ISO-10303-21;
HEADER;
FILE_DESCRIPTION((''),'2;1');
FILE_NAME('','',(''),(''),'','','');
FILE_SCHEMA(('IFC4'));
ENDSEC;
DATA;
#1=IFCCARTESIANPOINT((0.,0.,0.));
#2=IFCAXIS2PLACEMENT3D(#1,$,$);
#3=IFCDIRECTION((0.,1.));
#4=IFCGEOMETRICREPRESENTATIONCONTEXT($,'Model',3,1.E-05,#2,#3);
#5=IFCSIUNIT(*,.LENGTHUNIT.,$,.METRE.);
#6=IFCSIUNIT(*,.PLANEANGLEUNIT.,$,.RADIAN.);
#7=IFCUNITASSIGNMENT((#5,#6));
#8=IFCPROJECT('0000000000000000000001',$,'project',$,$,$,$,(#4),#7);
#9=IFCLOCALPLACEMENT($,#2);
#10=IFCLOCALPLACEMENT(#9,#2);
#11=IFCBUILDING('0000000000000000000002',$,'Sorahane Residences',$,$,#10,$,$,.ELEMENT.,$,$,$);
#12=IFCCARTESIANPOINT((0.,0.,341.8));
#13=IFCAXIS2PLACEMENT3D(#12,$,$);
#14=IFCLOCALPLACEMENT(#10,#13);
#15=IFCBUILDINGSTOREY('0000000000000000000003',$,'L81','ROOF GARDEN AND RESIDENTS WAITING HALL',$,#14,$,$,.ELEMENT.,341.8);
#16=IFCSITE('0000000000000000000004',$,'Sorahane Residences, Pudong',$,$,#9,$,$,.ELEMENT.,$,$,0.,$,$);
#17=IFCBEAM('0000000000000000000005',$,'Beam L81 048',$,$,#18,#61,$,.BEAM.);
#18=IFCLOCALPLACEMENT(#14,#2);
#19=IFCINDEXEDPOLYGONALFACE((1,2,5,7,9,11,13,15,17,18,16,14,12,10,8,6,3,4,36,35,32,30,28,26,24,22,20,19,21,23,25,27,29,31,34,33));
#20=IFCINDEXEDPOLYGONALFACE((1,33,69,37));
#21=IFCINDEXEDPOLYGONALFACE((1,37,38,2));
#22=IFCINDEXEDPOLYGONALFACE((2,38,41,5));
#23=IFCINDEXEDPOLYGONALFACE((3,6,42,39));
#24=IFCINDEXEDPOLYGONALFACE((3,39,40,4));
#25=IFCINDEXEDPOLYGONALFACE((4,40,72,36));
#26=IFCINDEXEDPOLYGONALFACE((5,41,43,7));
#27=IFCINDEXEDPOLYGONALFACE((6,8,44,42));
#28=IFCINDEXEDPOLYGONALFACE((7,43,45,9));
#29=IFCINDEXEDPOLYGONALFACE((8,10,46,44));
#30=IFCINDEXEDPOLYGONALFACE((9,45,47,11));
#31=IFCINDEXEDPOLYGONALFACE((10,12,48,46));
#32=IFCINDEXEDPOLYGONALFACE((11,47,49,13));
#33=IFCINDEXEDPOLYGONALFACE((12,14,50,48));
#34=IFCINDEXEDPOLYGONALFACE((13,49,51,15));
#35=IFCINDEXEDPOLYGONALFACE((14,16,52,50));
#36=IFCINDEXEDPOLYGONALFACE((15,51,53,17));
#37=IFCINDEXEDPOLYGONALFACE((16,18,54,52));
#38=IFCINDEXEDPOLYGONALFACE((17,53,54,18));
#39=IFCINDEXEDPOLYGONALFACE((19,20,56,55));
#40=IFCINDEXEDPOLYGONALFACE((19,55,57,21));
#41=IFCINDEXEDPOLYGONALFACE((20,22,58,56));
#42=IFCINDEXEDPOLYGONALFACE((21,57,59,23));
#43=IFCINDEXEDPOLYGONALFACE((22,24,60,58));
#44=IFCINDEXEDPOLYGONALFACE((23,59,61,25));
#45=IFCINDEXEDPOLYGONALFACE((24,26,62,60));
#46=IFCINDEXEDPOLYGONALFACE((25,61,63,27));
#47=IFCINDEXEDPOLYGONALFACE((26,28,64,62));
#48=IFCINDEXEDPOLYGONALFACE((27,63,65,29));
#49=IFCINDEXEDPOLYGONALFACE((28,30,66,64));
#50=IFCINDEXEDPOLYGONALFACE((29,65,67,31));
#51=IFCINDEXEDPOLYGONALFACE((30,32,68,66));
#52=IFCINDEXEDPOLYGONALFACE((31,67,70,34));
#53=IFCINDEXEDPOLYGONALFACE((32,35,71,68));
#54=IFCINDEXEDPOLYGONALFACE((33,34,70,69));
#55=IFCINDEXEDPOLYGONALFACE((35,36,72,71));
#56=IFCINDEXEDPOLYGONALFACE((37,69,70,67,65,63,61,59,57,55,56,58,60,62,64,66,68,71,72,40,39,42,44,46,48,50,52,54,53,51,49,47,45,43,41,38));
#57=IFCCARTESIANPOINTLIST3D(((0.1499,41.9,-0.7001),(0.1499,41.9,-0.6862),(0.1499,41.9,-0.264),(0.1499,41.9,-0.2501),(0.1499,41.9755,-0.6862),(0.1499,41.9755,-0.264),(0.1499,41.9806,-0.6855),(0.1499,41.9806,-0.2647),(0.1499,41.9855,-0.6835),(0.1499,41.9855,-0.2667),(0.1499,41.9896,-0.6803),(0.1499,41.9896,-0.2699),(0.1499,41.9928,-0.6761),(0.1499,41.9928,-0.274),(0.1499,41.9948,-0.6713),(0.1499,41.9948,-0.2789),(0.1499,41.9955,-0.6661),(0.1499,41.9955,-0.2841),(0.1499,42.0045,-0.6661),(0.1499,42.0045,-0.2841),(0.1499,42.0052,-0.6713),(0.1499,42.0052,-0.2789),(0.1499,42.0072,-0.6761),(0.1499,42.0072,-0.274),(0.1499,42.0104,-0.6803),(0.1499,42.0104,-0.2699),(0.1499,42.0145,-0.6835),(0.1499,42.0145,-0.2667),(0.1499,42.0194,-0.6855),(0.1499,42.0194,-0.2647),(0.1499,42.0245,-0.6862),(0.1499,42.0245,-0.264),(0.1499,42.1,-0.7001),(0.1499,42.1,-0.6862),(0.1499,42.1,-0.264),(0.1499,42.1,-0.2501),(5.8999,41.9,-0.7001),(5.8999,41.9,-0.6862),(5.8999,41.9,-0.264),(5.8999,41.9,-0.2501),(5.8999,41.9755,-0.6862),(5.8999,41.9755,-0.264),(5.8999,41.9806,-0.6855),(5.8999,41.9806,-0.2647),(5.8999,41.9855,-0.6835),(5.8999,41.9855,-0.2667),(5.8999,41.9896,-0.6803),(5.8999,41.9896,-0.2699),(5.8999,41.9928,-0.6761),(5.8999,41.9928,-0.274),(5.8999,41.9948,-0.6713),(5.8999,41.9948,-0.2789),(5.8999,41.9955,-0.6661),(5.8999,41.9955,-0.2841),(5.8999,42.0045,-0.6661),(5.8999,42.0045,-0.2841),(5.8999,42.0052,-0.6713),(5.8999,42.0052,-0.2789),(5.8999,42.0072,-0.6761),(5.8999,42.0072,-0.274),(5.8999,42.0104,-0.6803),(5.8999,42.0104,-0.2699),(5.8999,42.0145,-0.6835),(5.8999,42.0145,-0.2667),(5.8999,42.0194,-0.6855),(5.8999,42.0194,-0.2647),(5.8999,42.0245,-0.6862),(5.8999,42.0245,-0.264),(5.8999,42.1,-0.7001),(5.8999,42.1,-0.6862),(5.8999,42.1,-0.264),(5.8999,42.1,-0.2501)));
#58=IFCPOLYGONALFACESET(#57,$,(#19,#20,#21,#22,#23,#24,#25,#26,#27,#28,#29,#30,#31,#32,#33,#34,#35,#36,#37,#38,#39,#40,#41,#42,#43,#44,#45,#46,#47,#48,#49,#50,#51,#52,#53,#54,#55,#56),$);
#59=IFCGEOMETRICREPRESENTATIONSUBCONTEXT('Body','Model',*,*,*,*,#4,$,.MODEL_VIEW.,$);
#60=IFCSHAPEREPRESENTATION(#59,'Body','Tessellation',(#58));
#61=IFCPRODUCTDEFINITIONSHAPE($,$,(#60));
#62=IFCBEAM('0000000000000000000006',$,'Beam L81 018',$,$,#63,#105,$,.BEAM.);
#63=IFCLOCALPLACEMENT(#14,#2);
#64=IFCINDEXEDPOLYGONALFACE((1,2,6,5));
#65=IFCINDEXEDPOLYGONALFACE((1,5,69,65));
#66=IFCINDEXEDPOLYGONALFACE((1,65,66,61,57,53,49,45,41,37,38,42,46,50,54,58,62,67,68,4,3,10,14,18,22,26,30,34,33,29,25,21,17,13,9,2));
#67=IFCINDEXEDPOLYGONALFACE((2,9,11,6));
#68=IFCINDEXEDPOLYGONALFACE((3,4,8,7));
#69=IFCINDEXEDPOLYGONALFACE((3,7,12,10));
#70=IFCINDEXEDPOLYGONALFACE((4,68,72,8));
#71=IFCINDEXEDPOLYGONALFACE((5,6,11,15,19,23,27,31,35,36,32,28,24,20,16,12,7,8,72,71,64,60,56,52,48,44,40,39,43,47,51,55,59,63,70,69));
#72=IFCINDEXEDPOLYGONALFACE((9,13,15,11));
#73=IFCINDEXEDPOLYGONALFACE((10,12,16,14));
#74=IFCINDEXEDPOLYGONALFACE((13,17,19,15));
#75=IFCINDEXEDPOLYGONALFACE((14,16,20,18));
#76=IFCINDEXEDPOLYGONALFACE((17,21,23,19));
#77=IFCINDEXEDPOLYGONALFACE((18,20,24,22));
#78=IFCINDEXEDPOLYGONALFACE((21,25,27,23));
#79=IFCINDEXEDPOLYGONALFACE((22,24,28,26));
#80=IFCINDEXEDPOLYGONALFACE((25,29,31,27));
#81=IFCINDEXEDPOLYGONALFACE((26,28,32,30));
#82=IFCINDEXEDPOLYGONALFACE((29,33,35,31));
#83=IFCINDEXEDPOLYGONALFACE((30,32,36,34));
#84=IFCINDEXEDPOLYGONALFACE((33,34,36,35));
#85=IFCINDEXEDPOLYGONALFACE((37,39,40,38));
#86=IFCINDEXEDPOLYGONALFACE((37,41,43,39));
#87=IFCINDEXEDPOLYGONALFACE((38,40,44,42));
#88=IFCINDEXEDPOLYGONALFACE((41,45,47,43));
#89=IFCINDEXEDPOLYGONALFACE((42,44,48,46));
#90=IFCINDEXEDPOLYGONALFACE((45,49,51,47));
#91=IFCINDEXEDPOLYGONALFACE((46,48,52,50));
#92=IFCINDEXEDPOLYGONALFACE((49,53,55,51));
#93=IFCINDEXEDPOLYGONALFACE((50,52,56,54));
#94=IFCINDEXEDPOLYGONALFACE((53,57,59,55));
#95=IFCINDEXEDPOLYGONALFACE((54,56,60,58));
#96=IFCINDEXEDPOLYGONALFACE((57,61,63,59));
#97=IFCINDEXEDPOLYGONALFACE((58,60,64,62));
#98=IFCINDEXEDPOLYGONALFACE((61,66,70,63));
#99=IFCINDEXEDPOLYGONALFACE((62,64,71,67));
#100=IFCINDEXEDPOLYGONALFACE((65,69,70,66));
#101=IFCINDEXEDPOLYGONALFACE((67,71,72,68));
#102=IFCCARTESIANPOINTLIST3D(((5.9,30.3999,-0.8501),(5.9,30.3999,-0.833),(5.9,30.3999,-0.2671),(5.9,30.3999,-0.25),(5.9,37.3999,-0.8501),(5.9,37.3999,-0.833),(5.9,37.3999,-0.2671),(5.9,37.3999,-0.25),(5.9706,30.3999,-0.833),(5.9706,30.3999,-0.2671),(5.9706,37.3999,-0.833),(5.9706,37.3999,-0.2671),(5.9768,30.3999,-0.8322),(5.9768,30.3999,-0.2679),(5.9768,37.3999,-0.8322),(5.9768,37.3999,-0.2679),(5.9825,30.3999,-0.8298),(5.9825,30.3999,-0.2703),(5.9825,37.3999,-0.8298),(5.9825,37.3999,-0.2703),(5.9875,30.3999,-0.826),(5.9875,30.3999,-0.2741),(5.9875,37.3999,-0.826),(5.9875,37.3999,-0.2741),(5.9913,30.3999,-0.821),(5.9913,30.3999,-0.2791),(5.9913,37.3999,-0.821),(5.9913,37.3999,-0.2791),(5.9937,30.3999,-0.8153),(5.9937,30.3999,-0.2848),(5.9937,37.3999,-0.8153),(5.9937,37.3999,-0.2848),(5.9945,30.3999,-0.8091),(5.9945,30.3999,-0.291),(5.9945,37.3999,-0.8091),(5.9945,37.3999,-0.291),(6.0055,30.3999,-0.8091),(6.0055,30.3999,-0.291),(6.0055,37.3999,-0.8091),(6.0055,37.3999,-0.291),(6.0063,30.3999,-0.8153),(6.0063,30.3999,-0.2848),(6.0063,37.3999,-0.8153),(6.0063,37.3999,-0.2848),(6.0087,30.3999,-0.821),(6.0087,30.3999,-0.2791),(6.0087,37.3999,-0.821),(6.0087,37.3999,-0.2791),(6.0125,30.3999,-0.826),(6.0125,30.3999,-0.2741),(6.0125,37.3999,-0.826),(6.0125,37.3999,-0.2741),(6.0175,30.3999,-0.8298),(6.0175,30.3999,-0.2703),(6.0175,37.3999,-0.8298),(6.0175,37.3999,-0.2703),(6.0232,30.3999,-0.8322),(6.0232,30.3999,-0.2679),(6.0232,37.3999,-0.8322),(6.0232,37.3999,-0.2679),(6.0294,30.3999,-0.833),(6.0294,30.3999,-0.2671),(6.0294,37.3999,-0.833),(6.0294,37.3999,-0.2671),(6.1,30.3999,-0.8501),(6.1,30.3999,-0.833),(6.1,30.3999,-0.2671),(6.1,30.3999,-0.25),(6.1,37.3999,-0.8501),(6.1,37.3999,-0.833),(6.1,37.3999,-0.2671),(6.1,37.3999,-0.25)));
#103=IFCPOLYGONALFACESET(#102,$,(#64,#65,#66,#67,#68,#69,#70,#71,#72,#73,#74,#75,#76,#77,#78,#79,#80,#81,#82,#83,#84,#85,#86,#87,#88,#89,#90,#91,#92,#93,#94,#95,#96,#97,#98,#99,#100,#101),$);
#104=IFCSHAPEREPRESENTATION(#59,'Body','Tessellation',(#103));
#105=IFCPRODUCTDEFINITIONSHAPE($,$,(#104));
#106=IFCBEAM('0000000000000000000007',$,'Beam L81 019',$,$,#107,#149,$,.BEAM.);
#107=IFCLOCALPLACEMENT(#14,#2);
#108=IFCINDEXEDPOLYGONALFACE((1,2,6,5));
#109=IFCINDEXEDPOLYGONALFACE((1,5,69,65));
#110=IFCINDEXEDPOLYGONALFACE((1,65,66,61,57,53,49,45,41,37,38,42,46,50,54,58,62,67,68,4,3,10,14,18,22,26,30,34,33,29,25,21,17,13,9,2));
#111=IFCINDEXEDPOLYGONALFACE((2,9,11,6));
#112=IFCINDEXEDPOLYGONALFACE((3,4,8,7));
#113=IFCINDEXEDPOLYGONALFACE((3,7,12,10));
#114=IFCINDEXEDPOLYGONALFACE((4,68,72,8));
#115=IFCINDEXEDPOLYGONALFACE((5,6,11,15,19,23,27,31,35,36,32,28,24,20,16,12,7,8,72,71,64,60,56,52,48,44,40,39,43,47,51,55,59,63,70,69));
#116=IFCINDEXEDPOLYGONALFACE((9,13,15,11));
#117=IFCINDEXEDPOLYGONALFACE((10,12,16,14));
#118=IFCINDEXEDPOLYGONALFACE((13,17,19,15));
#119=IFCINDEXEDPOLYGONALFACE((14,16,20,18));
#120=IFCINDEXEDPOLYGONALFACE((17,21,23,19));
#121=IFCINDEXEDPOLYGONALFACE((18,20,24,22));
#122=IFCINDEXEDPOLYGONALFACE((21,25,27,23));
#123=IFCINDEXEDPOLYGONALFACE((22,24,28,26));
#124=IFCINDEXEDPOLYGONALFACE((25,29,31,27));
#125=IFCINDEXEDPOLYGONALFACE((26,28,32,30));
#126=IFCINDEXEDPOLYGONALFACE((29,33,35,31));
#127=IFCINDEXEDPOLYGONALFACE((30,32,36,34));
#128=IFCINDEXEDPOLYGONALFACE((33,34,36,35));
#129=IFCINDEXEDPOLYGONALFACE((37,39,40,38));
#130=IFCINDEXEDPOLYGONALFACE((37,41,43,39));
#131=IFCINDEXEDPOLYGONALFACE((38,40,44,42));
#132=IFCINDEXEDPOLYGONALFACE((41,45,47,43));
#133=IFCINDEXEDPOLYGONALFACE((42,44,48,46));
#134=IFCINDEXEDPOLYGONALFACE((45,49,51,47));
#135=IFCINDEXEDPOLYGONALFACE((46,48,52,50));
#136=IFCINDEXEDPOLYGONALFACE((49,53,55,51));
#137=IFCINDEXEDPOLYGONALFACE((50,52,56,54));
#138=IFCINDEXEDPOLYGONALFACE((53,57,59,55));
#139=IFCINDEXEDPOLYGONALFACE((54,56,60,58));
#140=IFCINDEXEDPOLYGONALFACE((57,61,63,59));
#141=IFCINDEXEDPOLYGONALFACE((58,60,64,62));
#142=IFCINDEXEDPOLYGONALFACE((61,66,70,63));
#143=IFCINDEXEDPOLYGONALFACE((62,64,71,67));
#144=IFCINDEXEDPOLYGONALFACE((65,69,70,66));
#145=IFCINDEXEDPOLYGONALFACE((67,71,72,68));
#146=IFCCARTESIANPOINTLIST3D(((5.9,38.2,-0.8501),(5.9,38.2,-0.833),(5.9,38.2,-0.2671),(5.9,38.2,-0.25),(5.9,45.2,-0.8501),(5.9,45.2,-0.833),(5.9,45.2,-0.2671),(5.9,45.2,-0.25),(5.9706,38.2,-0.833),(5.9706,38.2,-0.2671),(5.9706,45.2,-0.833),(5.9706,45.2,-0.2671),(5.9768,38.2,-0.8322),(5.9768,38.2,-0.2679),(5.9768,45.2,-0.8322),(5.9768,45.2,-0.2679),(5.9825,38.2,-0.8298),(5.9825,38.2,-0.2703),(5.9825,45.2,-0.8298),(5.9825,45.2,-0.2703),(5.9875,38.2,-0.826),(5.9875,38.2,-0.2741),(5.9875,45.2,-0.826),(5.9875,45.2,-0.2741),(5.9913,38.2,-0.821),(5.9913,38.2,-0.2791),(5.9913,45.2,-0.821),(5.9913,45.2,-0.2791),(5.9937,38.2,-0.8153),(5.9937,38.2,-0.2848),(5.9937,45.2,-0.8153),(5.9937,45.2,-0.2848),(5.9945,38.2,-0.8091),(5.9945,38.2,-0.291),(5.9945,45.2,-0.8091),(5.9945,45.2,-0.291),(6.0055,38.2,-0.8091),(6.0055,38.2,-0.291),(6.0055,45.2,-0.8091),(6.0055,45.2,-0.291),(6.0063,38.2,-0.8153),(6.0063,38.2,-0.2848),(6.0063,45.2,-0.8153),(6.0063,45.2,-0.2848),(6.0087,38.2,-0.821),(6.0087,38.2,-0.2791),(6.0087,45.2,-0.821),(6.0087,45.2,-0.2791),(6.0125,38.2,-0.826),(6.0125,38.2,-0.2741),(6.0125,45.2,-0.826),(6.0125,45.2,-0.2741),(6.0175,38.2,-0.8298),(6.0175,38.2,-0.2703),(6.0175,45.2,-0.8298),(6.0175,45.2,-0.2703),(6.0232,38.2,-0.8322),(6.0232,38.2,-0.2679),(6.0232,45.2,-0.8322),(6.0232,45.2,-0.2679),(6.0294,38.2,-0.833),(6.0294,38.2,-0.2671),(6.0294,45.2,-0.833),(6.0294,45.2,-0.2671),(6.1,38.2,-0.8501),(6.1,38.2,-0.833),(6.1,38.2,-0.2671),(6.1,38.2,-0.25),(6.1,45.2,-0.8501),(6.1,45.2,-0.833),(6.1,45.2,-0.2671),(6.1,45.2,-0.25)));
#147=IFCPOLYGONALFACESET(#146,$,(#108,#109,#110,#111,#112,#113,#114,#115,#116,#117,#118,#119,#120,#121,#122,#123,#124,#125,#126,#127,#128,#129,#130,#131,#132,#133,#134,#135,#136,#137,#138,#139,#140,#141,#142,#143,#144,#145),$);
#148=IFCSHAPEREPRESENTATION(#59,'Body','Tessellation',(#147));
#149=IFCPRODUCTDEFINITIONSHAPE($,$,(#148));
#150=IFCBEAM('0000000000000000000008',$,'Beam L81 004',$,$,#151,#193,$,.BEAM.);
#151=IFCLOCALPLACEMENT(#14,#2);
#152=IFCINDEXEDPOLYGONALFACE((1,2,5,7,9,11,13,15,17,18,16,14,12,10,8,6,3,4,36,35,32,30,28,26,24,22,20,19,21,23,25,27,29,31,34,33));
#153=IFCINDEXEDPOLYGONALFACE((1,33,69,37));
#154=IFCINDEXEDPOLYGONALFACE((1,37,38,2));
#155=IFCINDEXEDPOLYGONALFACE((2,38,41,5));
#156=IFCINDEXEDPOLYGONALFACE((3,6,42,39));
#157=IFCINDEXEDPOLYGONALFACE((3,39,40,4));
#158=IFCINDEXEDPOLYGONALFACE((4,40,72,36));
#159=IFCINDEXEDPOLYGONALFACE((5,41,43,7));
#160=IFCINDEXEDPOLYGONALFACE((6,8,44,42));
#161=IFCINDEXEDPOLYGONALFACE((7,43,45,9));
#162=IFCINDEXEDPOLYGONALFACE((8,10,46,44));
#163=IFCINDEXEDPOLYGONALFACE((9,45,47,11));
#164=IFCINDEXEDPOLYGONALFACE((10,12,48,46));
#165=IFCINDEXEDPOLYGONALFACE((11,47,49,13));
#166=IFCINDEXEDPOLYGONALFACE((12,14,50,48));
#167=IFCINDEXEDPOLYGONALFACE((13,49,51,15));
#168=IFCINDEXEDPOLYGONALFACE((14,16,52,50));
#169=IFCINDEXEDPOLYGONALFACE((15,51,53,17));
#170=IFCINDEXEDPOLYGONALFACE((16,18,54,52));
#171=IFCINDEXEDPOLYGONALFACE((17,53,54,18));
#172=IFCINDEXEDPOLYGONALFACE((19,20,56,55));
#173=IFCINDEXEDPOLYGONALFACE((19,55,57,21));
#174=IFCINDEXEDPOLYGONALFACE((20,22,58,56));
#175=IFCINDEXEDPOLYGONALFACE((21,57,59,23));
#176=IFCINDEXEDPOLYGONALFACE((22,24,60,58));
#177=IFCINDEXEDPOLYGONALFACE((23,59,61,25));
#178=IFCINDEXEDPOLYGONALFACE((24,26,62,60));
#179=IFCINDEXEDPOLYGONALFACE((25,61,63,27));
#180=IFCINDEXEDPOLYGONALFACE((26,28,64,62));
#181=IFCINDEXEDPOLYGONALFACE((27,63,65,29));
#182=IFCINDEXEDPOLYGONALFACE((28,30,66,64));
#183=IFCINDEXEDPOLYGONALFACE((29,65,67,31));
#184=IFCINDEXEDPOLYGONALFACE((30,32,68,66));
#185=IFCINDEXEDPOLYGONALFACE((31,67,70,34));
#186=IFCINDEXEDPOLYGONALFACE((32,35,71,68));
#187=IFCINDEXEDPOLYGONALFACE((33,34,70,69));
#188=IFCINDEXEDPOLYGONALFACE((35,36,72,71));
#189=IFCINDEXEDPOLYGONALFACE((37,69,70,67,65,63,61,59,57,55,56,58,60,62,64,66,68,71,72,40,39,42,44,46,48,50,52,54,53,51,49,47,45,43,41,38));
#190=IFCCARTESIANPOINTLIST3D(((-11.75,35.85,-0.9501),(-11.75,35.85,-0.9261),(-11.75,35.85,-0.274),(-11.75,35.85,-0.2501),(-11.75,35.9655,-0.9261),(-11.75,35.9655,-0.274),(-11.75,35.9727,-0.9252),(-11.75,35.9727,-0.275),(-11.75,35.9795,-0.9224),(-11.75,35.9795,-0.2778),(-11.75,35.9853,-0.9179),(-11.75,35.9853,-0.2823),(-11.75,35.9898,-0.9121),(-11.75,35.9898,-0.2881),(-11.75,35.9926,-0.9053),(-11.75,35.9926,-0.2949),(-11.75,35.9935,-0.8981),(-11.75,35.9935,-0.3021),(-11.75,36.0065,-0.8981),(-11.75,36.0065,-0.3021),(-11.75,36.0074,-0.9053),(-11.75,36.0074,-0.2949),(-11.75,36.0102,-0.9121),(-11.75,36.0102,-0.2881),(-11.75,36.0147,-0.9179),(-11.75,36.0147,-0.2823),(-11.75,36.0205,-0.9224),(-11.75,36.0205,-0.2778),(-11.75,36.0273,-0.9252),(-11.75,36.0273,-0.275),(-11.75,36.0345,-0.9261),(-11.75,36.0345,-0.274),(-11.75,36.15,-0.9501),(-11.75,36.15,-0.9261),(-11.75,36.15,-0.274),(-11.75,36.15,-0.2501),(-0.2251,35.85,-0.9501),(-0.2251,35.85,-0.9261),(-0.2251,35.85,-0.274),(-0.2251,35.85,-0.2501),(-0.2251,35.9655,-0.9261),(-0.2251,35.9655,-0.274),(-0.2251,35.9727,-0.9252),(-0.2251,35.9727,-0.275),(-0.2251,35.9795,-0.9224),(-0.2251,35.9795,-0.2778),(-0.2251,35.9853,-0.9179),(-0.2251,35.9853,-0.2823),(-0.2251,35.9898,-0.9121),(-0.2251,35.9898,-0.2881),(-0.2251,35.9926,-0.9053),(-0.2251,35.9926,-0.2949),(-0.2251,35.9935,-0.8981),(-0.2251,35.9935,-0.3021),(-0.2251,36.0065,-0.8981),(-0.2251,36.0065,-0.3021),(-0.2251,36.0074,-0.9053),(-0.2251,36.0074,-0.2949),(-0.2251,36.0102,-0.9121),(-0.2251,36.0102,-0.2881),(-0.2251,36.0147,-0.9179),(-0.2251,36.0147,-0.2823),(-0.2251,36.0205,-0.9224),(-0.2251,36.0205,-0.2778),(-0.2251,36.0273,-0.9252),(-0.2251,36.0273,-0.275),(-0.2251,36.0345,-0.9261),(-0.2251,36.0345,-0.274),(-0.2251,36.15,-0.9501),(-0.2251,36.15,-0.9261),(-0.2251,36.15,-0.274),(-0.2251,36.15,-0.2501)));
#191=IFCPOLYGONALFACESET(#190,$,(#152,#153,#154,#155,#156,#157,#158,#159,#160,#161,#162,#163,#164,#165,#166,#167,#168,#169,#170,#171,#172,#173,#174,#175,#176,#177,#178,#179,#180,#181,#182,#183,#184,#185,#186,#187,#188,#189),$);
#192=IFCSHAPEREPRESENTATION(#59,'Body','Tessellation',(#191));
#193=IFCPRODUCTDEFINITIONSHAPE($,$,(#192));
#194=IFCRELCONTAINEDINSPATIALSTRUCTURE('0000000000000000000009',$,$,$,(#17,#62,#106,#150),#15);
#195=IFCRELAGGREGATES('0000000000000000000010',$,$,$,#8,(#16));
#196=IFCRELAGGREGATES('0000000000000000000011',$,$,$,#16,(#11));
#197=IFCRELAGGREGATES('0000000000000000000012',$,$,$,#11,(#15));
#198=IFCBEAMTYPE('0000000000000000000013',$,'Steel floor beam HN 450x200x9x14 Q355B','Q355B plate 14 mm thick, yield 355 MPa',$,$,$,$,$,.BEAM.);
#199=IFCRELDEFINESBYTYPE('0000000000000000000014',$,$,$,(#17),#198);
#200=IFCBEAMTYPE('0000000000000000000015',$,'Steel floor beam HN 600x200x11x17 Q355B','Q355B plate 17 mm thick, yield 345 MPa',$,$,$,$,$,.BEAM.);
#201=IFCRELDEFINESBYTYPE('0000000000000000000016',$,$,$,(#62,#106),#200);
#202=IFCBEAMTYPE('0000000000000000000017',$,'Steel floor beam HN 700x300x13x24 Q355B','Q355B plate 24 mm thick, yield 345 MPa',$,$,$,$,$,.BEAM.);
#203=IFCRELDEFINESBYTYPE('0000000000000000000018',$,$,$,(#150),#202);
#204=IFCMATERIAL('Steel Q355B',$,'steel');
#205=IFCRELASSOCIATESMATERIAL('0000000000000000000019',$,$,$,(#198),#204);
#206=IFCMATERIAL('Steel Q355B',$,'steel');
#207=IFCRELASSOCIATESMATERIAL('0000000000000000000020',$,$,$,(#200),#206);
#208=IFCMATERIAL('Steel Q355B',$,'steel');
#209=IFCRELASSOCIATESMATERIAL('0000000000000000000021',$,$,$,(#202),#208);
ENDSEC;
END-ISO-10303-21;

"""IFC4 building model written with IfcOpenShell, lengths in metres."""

from ifc_helpers import new_model, si_unit, direction, frame, origin, origin_2d, place, context, subcontext, project, spatial, i_section, extrude, material, material_profile, profile_set, type_object, element, save


model = new_model("IFC4")

# Units and contexts
model_context = context("Model", 3, precision=1e-05, world=origin(), true_north=direction((0.0, 1.0)))
body_context = subcontext(model_context, "Body", "Model", "MODEL_VIEW")
ifc_project = project(units=[si_unit("LENGTHUNIT", "METRE"), si_unit("PLANEANGLEUNIT", "RADIAN")], contexts=[model_context])

# Site, building, storey
site_placement = place(None, origin())
site = spatial("IfcSite", under=ifc_project, at=site_placement, Name="Sorahane Residences, Pudong", CompositionType="ELEMENT", RefElevation=0.0)
building_placement = place(site_placement, origin())
building = spatial("IfcBuilding", under=site, at=building_placement, Name="Sorahane Residences", CompositionType="ELEMENT")
storey_placement = place(building_placement, frame((0.0, 0.0, 341.8)))
storey = spatial("IfcBuildingStorey", under=building, at=storey_placement, Name="L81", Description="ROOF GARDEN AND RESIDENTS WAITING HALL", CompositionType="ELEMENT", Elevation=341.8)

# Beams
ifc_material_1 = material(Name="Steel Q355B", Category="steel")
ifc_material_profile_1 = material_profile(ifc_material_1, i_section(OverallWidth=0.2, OverallDepth=0.45, WebThickness=0.009, FlangeThickness=0.0139, FilletRadius=0.02, at=origin_2d()), Name="HN 450x200x9x14")
ifc_profile_set_1 = profile_set([ifc_material_profile_1], Name="Steel Q355B")
beam_type_1 = type_object("IfcBeamType", Name="Steel floor beam HN 450x200x9x14 Q355B", Description="Q355B plate 14 mm thick, yield 355 MPa", PredefinedType="BEAM", material=ifc_profile_set_1)
beam_1_placement = place(storey_placement, frame((0.1499, 42.0, -0.4751), z_axis=(1.0, 0.0, 0.0), x_axis=(0.0, 1.0, 0.0)))
element("IfcBeam", 1, at=beam_1_placement, inside=storey, type_object=beam_type_1, Name="Beam L81 048", PredefinedType="BEAM", context=body_context, shape_type="SweptSolid", body=[
    extrude(i_section(OverallWidth=0.2, OverallDepth=0.45, WebThickness=0.009, FlangeThickness=0.0139, FilletRadius=0.02, at=origin_2d()), origin(), (0.0, 0.0, 1.0), 5.75),
])
ifc_material_2 = material(Name="Steel Q355B", Category="steel")
ifc_material_profile_2 = material_profile(ifc_material_2, i_section(OverallWidth=0.2, OverallDepth=0.6001, WebThickness=0.011, FlangeThickness=0.0171, FilletRadius=0.0239, at=origin_2d()), Name="HN 600x200x11x17")
ifc_profile_set_2 = profile_set([ifc_material_profile_2], Name="Steel Q355B")
beam_type_2 = type_object("IfcBeamType", Name="Steel floor beam HN 600x200x11x17 Q355B", Description="Q355B plate 17 mm thick, yield 345 MPa", PredefinedType="BEAM", material=ifc_profile_set_2)
for number, where, z_axis, x_axis, name in (
    (2, (6.0, 30.3999, -0.55), (0.0, 1.0, 0.0), (-1.0, 0.0, 0.0), "Beam L81 018"),
    (3, (6.0, 38.2, -0.55), (0.0, 1.0, 0.0), (-1.0, 0.0, 0.0), "Beam L81 019"),
):
    element("IfcBeam", number, at=place(storey_placement, frame(where, z_axis=z_axis, x_axis=x_axis)), inside=storey, type_object=beam_type_2, Name=name, PredefinedType="BEAM", context=body_context, shape_type="SweptSolid", body=[
        extrude(i_section(OverallWidth=0.2, OverallDepth=0.6001, WebThickness=0.011, FlangeThickness=0.0171, FilletRadius=0.0239, at=origin_2d()), origin(), (0.0, 0.0, 1.0), 7.0),
    ])
ifc_material_3 = material(Name="Steel Q355B", Category="steel")
ifc_material_profile_3 = material_profile(ifc_material_3, i_section(OverallWidth=0.3, OverallDepth=0.7, WebThickness=0.0129, FlangeThickness=0.0239, FilletRadius=0.0281, at=origin_2d()), Name="HN 700x300x13x24")
ifc_profile_set_3 = profile_set([ifc_material_profile_3], Name="Steel Q355B")
beam_type_3 = type_object("IfcBeamType", Name="Steel floor beam HN 700x300x13x24 Q355B", Description="Q355B plate 24 mm thick, yield 345 MPa", PredefinedType="BEAM", material=ifc_profile_set_3)
beam_2_placement = place(storey_placement, frame((-11.75, 36.0, -0.6001), z_axis=(1.0, 0.0, 0.0), x_axis=(0.0, 1.0, 0.0)))
element("IfcBeam", 4, at=beam_2_placement, inside=storey, type_object=beam_type_3, Name="Beam L81 004", PredefinedType="BEAM", context=body_context, shape_type="SweptSolid", body=[
    extrude(i_section(OverallWidth=0.3, OverallDepth=0.7, WebThickness=0.0129, FlangeThickness=0.0239, FilletRadius=0.0281, at=origin_2d()), origin(), (0.0, 0.0, 1.0), 11.5249),
])

save(model, "model.ifc")
